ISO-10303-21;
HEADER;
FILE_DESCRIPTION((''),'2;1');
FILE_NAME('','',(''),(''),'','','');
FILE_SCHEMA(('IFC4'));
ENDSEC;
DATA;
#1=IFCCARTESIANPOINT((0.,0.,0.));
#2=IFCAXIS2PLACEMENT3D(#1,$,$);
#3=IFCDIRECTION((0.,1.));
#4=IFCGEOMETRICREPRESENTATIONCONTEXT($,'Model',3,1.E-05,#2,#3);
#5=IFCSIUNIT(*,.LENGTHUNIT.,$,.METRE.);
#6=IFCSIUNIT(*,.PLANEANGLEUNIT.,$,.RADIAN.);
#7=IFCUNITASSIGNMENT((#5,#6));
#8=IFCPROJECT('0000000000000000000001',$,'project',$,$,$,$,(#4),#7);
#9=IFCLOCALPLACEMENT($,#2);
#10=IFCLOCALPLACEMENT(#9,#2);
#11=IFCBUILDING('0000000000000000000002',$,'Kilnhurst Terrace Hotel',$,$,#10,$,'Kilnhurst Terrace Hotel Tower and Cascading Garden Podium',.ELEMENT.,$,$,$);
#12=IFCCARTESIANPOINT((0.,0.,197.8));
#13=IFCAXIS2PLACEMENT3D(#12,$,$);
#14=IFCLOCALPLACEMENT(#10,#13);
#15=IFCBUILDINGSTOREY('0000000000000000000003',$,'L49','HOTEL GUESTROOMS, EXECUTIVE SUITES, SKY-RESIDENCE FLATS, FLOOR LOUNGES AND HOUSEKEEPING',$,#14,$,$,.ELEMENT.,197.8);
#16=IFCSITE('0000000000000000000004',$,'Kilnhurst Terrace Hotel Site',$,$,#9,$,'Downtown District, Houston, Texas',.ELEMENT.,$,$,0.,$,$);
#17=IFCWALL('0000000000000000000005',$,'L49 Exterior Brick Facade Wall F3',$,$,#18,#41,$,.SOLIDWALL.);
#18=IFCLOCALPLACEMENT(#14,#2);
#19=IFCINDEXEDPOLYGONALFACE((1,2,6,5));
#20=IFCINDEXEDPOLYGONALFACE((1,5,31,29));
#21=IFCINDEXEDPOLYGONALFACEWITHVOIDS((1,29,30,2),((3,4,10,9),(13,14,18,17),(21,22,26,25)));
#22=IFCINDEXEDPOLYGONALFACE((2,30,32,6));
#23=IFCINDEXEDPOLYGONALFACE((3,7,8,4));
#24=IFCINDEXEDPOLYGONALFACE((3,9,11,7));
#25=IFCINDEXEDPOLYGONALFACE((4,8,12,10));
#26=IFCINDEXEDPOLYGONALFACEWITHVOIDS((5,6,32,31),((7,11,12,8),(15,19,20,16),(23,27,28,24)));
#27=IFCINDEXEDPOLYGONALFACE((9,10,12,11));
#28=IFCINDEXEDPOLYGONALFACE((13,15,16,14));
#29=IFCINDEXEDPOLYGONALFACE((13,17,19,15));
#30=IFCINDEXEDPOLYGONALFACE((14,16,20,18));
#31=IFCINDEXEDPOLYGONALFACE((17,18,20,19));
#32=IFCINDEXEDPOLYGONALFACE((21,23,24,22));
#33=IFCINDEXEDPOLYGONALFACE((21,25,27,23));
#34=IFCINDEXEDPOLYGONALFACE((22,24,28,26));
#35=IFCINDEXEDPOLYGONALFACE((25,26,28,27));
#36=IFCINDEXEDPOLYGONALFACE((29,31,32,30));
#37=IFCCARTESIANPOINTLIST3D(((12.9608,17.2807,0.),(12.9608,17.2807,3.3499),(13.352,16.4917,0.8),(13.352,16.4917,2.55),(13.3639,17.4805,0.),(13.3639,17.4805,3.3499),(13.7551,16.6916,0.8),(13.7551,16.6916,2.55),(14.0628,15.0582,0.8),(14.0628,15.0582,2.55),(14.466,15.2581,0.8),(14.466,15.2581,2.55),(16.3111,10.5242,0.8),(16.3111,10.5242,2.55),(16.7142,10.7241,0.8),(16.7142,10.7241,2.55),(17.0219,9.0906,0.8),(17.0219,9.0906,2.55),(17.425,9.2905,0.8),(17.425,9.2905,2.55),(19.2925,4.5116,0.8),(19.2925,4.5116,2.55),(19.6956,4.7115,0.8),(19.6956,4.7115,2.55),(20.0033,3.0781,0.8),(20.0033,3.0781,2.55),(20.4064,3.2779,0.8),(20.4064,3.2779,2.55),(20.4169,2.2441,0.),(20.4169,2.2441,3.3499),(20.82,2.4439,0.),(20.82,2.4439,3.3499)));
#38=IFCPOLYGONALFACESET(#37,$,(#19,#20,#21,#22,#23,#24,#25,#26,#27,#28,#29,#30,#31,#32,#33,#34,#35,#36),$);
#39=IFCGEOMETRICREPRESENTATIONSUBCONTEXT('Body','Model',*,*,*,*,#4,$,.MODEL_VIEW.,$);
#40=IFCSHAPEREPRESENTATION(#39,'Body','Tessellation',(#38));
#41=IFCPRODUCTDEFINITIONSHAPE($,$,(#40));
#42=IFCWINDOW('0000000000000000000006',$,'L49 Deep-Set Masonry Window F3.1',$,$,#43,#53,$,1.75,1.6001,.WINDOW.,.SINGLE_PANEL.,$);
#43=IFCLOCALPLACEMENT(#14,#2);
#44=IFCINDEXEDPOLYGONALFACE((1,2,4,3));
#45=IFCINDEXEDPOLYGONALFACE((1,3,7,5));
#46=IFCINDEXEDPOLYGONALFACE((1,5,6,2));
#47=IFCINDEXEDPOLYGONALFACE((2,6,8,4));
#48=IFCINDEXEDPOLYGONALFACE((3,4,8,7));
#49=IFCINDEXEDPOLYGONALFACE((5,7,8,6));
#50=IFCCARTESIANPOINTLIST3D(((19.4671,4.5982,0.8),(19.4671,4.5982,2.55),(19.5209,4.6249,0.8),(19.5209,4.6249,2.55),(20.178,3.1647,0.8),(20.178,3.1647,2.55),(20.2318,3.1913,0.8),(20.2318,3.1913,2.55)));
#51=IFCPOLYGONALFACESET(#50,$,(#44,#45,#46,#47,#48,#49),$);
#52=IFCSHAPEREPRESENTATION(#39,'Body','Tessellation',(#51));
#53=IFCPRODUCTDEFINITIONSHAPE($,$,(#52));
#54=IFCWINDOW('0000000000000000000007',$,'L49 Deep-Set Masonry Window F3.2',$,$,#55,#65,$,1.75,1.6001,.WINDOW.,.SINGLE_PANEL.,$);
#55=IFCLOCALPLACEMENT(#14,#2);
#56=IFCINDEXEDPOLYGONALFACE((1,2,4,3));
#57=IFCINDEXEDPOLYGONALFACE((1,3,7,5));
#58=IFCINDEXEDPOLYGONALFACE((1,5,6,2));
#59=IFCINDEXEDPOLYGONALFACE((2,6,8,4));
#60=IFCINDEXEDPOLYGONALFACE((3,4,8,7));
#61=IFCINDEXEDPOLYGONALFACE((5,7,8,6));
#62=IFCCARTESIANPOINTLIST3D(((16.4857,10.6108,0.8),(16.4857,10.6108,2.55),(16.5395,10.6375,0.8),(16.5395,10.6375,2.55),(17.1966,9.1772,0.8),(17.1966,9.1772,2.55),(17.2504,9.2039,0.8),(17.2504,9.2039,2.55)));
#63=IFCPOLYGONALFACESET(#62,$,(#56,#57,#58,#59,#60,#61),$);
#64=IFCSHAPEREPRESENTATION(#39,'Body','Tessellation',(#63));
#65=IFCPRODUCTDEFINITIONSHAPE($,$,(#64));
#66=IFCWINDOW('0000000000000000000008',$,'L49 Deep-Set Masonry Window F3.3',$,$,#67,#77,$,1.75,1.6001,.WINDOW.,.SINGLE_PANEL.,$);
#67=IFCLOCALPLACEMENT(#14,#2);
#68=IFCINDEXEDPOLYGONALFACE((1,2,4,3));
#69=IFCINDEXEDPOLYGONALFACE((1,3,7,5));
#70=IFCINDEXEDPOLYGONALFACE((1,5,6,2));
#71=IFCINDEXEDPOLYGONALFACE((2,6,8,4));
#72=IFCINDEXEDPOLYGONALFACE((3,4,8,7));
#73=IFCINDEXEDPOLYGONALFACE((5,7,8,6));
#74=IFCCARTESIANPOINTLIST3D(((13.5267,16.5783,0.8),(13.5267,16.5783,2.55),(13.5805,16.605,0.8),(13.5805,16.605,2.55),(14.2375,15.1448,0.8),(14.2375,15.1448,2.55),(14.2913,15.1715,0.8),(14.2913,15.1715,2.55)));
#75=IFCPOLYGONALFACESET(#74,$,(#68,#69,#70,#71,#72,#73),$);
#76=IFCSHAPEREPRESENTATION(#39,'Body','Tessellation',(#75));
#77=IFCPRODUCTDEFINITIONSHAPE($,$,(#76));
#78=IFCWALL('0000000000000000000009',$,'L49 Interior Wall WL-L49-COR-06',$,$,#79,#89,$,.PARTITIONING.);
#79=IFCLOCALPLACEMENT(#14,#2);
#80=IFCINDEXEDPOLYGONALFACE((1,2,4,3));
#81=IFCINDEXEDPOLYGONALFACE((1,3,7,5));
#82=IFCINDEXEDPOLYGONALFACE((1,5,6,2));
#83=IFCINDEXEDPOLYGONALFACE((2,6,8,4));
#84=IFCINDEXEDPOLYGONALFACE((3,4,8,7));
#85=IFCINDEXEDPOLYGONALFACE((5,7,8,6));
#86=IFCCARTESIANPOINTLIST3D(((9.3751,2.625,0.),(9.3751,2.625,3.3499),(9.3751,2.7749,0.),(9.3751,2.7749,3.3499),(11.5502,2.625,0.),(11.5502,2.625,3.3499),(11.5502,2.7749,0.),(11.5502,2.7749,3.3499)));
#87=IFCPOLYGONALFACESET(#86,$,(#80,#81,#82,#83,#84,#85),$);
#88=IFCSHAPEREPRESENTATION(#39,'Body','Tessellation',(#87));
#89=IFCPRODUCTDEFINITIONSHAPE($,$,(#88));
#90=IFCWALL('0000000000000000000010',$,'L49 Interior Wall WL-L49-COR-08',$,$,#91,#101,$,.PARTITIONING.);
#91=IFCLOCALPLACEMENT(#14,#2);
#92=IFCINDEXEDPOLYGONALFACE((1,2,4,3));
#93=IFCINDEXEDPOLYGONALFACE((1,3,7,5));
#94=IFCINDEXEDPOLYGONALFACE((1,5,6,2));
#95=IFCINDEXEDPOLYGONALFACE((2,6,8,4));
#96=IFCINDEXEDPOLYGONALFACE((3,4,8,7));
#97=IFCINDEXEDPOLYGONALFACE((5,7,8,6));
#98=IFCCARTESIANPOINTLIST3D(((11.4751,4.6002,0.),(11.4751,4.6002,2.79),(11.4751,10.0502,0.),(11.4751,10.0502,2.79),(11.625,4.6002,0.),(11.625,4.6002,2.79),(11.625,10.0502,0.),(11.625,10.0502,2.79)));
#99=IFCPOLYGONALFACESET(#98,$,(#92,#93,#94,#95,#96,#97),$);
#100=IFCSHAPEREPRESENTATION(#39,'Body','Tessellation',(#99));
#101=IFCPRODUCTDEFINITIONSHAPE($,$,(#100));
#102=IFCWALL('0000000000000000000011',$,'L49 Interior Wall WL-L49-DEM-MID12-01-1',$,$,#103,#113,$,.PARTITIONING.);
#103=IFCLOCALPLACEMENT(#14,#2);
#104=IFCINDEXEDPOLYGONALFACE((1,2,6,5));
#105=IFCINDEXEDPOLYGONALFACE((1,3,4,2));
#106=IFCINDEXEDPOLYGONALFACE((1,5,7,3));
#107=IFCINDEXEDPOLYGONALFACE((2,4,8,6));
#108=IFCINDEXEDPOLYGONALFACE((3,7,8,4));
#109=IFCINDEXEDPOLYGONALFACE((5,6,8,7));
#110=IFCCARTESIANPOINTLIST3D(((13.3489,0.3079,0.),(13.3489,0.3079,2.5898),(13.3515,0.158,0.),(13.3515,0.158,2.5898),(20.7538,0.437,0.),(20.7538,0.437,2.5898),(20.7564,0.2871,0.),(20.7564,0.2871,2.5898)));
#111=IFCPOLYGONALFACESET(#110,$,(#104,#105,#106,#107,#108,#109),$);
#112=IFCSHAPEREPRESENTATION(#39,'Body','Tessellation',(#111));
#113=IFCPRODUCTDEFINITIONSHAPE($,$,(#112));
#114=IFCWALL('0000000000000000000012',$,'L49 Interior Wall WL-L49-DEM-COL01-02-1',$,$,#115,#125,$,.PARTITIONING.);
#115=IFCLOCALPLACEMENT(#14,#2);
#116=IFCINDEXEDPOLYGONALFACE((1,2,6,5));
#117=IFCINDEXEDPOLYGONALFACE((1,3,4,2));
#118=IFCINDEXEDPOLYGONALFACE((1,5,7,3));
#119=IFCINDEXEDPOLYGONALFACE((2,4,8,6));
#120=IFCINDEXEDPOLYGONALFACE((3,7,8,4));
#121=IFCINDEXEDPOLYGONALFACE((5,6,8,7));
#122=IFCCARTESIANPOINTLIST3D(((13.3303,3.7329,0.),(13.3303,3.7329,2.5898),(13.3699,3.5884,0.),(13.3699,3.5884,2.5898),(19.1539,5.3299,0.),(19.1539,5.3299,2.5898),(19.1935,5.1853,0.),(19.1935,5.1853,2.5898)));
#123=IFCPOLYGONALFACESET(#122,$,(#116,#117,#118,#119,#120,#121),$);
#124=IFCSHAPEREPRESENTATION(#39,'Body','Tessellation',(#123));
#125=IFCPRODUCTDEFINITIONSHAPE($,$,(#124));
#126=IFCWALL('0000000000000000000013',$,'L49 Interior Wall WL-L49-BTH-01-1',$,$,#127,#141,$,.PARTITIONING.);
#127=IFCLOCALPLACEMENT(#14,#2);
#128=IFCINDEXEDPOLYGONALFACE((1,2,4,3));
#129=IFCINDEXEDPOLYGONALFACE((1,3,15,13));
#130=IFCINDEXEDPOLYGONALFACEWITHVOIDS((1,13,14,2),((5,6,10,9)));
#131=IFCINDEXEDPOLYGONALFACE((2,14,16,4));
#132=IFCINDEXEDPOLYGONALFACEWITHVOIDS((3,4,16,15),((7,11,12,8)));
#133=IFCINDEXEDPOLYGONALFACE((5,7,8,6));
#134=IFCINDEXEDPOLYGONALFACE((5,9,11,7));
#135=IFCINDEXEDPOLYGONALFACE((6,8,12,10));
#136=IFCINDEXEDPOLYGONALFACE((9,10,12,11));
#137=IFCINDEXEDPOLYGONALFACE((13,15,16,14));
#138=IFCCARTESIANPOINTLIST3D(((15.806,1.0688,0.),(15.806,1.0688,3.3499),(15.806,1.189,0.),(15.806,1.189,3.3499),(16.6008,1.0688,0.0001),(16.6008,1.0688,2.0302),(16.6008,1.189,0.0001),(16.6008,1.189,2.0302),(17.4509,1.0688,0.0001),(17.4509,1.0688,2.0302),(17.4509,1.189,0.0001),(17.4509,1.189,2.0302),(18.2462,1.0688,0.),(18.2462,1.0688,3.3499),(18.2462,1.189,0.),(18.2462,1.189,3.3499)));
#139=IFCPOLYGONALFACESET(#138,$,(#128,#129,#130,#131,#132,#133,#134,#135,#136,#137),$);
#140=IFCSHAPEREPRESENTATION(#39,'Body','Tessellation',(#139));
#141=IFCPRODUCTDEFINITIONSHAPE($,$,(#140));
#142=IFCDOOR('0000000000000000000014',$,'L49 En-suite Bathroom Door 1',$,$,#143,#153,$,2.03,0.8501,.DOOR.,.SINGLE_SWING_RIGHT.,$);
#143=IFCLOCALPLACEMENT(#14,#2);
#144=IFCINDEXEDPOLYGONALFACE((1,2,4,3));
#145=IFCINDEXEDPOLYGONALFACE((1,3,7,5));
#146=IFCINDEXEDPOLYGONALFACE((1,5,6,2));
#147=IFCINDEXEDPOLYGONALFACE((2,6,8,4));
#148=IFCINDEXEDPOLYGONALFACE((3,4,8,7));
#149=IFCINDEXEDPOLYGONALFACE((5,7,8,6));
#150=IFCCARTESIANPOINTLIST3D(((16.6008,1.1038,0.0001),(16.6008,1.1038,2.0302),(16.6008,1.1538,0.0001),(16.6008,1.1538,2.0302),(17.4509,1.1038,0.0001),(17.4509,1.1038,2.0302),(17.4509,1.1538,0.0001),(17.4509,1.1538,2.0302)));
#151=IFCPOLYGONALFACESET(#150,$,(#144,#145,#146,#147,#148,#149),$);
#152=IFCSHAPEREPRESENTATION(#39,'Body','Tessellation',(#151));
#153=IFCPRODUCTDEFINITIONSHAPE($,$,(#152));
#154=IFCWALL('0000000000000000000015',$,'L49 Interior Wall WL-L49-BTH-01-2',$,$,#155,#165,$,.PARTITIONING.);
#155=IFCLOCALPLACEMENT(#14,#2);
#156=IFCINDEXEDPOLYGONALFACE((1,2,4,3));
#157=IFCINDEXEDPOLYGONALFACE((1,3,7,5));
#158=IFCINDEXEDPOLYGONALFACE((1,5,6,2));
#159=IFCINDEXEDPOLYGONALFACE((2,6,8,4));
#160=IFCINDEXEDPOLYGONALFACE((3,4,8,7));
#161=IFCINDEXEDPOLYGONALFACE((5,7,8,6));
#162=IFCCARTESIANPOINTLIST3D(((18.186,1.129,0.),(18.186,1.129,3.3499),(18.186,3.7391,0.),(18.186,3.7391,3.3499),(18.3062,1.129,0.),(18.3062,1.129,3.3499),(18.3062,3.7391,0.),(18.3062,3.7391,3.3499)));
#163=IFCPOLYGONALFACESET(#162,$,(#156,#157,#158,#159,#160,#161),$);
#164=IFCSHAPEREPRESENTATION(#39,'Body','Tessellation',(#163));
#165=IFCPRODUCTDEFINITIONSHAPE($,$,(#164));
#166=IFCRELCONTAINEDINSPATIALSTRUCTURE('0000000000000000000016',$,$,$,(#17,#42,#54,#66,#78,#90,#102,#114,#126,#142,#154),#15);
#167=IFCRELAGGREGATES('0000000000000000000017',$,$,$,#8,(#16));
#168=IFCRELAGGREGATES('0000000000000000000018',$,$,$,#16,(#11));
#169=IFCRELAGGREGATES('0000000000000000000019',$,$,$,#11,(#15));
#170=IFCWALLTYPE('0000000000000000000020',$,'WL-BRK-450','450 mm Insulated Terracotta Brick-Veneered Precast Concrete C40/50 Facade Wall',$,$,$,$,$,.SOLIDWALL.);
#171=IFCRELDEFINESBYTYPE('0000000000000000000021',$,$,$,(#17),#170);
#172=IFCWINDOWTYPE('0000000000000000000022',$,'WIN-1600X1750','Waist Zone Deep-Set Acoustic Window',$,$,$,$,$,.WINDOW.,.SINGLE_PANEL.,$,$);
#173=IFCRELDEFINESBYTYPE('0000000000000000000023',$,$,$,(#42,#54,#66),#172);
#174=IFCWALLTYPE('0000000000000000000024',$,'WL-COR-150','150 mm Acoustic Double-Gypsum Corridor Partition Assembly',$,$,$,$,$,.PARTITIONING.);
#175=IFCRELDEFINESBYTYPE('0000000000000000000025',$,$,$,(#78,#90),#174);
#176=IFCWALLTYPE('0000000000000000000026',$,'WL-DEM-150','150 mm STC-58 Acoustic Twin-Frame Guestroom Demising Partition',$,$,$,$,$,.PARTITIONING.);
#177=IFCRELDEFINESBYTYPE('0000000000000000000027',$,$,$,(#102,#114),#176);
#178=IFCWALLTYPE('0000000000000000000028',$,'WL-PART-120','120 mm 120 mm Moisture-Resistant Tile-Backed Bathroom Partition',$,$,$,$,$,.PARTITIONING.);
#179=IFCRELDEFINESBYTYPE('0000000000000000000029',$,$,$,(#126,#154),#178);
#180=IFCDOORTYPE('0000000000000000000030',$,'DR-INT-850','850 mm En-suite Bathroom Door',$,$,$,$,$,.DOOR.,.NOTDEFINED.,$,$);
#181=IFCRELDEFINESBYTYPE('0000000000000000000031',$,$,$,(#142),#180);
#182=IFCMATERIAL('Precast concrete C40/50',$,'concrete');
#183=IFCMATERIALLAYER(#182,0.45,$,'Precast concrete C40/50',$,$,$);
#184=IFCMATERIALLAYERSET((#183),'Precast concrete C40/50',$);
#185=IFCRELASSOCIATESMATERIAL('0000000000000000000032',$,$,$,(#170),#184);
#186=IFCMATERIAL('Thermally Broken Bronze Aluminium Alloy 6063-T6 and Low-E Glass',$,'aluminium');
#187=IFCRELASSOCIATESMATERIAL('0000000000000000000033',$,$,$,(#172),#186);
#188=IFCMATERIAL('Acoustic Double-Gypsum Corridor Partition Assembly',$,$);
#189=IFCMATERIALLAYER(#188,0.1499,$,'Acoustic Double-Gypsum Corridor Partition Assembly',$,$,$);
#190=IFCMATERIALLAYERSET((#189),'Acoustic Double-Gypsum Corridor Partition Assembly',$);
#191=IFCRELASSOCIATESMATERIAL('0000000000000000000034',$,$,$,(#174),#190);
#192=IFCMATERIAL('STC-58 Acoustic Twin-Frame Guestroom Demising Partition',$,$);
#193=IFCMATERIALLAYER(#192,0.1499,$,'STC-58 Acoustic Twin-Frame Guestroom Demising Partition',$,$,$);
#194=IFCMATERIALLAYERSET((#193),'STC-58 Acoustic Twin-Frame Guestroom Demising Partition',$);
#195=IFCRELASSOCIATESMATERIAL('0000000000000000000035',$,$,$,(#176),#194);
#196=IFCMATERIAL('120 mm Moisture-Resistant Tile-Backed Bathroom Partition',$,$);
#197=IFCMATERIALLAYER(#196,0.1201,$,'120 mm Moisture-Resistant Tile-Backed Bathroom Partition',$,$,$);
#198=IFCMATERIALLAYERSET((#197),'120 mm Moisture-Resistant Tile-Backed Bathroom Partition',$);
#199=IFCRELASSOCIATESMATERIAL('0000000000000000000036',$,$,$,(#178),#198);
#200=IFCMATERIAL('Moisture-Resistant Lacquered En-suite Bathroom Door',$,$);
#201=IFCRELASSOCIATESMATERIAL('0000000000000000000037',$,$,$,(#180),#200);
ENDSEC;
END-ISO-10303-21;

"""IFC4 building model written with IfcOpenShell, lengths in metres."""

from ifc_helpers import new_model, si_unit, direction, frame, frame_2d, origin, place, context, subcontext, project, spatial, rectangle, extrude, material, layer, layer_set, type_object, element, fill, save


model = new_model("IFC4")

# Units and contexts
model_context = context("Model", 3, precision=1e-05, world=origin(), true_north=direction((0.0, 1.0)))
body_context = subcontext(model_context, "Body", "Model", "MODEL_VIEW")
ifc_project = project(units=[si_unit("LENGTHUNIT", "METRE"), si_unit("PLANEANGLEUNIT", "RADIAN")], contexts=[model_context])

# Site, building, storey
site_placement = place(None, origin())
site = spatial("IfcSite", under=ifc_project, at=site_placement, Name="Kilnhurst Terrace Hotel Site", LongName="Downtown District, Houston, Texas", CompositionType="ELEMENT", RefElevation=0.0)
building_placement = place(site_placement, origin())
building = spatial("IfcBuilding", under=site, at=building_placement, Name="Kilnhurst Terrace Hotel", LongName="Kilnhurst Terrace Hotel Tower and Cascading Garden Podium", CompositionType="ELEMENT")
storey_placement = place(building_placement, frame((0.0, 0.0, 197.8)))
storey = spatial("IfcBuildingStorey", under=building, at=storey_placement, Name="L49", Description="HOTEL GUESTROOMS, EXECUTIVE SUITES, SKY-RESIDENCE FLATS, FLOOR LOUNGES AND HOUSEKEEPING", CompositionType="ELEMENT", Elevation=197.8)

# Shared definitions
ifc_material_1 = material(Name="Precast concrete C40/50", Category="concrete")
ifc_layer_1 = layer(ifc_material_1, 0.45, Name="Precast concrete C40/50")
ifc_layer_set_1 = layer_set([ifc_layer_1], Name="Precast concrete C40/50")
wall_type_1 = type_object("IfcWallType", Name="WL-BRK-450", Description="450 mm Insulated Terracotta Brick-Veneered Precast Concrete C40/50 Facade Wall", PredefinedType="SOLIDWALL", material=ifc_layer_set_1)

# Wall, openings, windows
wall_1_placement = place(storey_placement, frame((20.6184, 2.344, 0.0), z_axis=(0.0, 0.0, 1.0), x_axis=(-0.444244, 0.895906, 0.0)))
wall_1 = element("IfcWall", 1, at=wall_1_placement, inside=storey, type_object=wall_type_1, Name="L49 Exterior Brick Facade Wall F3", PredefinedType="SOLIDWALL", context=body_context, shape_type="SweptSolid", body=[
    extrude(rectangle(XDim=16.7837, YDim=0.45, at=frame_2d((8.3918, 0.0))), origin(), (0.0, 0.0, 1.0), 3.3499),
])
opening_1_placement = place(wall_1_placement, frame((0.9309, 0.0, 0.8)))
opening_1 = element("IfcOpeningElement", 2, at=opening_1_placement, cuts=wall_1, PredefinedType="OPENING", context=body_context, shape_type="SweptSolid", body=[
    extrude(rectangle(XDim=1.6001, YDim=1.75, at=frame_2d((0.8, 0.875))), frame((0.0, 0.2349, 0.0), z_axis=(0.0, -1.0, 0.0), x_axis=(1.0, 0.0, 0.0)), (0.0, 0.0, 1.0), 0.47),
])
opening_2_placement = place(wall_1_placement, frame((7.6421, 0.0, 0.8)))
opening_2 = element("IfcOpeningElement", 3, at=opening_2_placement, cuts=wall_1, PredefinedType="OPENING", context=body_context, shape_type="SweptSolid", body=[
    extrude(rectangle(XDim=1.6001, YDim=1.75, at=frame_2d((0.8, 0.875))), frame((0.0, 0.2349, 0.0), z_axis=(0.0, -1.0, 0.0), x_axis=(1.0, 0.0, 0.0)), (0.0, 0.0, 1.0), 0.47),
])
opening_3_placement = place(wall_1_placement, frame((14.303, 0.0, 0.8)))
opening_3 = element("IfcOpeningElement", 4, at=opening_3_placement, cuts=wall_1, PredefinedType="OPENING", context=body_context, shape_type="SweptSolid", body=[
    extrude(rectangle(XDim=1.6001, YDim=1.75, at=frame_2d((0.8, 0.875))), frame((0.0, 0.2349, 0.0), z_axis=(0.0, -1.0, 0.0), x_axis=(1.0, 0.0, 0.0)), (0.0, 0.0, 1.0), 0.47),
])
ifc_material_2 = material(Name="Thermally Broken Bronze Aluminium Alloy 6063-T6 and Low-E Glass", Category="aluminium")
window_type = type_object("IfcWindowType", Name="WIN-1600X1750", Description="Waist Zone Deep-Set Acoustic Window", PartitioningType="SINGLE_PANEL", PredefinedType="WINDOW", material=ifc_material_2)
window_1_placement = place(opening_1_placement, origin())
window_1 = element("IfcWindow", 5, at=window_1_placement, inside=storey, type_object=window_type, Name="L49 Deep-Set Masonry Window F3.1", OverallHeight=1.75, OverallWidth=1.6001, PartitioningType="SINGLE_PANEL", PredefinedType="WINDOW", context=body_context, shape_type="SweptSolid", body=[
    extrude(rectangle(XDim=1.6001, YDim=1.75, at=frame_2d((0.8, 0.875))), frame((0.0, 0.03, 0.0), z_axis=(0.0, -1.0, 0.0), x_axis=(1.0, 0.0, 0.0)), (0.0, 0.0, 1.0), 0.0601),
])
fill(opening_1, window_1)
window_2_placement = place(opening_2_placement, origin())
window_2 = element("IfcWindow", 6, at=window_2_placement, inside=storey, type_object=window_type, Name="L49 Deep-Set Masonry Window F3.2", OverallHeight=1.75, OverallWidth=1.6001, PartitioningType="SINGLE_PANEL", PredefinedType="WINDOW", context=body_context, shape_type="SweptSolid", body=[
    extrude(rectangle(XDim=1.6001, YDim=1.75, at=frame_2d((0.8, 0.875))), frame((0.0, 0.03, 0.0), z_axis=(0.0, -1.0, 0.0), x_axis=(1.0, 0.0, 0.0)), (0.0, 0.0, 1.0), 0.0601),
])
fill(opening_2, window_2)
window_3_placement = place(opening_3_placement, origin())
window_3 = element("IfcWindow", 7, at=window_3_placement, inside=storey, type_object=window_type, Name="L49 Deep-Set Masonry Window F3.3", OverallHeight=1.75, OverallWidth=1.6001, PartitioningType="SINGLE_PANEL", PredefinedType="WINDOW", context=body_context, shape_type="SweptSolid", body=[
    extrude(rectangle(XDim=1.6001, YDim=1.75, at=frame_2d((0.8, 0.875))), frame((0.0, 0.03, 0.0), z_axis=(0.0, -1.0, 0.0), x_axis=(1.0, 0.0, 0.0)), (0.0, 0.0, 1.0), 0.0601),
])
fill(opening_3, window_3)

# Walls
ifc_material_3 = material(Name="Acoustic Double-Gypsum Corridor Partition Assembly")
ifc_layer_2 = layer(ifc_material_3, 0.1499, Name="Acoustic Double-Gypsum Corridor Partition Assembly")
ifc_layer_set_2 = layer_set([ifc_layer_2], Name="Acoustic Double-Gypsum Corridor Partition Assembly")
wall_type_2 = type_object("IfcWallType", Name="WL-COR-150", Description="150 mm Acoustic Double-Gypsum Corridor Partition Assembly", PredefinedType="PARTITIONING", material=ifc_layer_set_2)
wall_2_placement = place(storey_placement, frame((11.55, 2.7, 0.0), z_axis=(0.0, 0.0, 1.0), x_axis=(-1.0, 0.0, 0.0)))
element("IfcWall", 8, at=wall_2_placement, inside=storey, type_object=wall_type_2, Name="L49 Interior Wall WL-L49-COR-06", PredefinedType="PARTITIONING", context=body_context, shape_type="SweptSolid", body=[
    extrude(rectangle(XDim=2.175, YDim=0.1499, at=frame_2d((1.0874, 0.0))), origin(), (0.0, 0.0, 1.0), 3.3499),
])
wall_3_placement = place(storey_placement, frame((11.55, 4.6001, 0.0), z_axis=(0.0, 0.0, 1.0), x_axis=(0.0, 1.0, 0.0)))
element("IfcWall", 9, at=wall_3_placement, inside=storey, type_object=wall_type_2, Name="L49 Interior Wall WL-L49-COR-08", PredefinedType="PARTITIONING", context=body_context, shape_type="SweptSolid", body=[
    extrude(rectangle(XDim=5.45, YDim=0.1499, at=frame_2d((2.7251, 0.0))), origin(), (0.0, 0.0, 1.0), 2.79),
])
ifc_material_4 = material(Name="STC-58 Acoustic Twin-Frame Guestroom Demising Partition")
ifc_layer_3 = layer(ifc_material_4, 0.1499, Name="STC-58 Acoustic Twin-Frame Guestroom Demising Partition")
ifc_layer_set_3 = layer_set([ifc_layer_3], Name="STC-58 Acoustic Twin-Frame Guestroom Demising Partition")
wall_type_3 = type_object("IfcWallType", Name="WL-DEM-150", Description="150 mm STC-58 Acoustic Twin-Frame Guestroom Demising Partition", PredefinedType="PARTITIONING", material=ifc_layer_set_3)
wall_4_placement = place(storey_placement, frame((13.3501, 0.2329, 0.0), z_axis=(0.0, 0.0, 1.0), x_axis=(0.999848, 0.017439, 0.0)))
element("IfcWall", 10, at=wall_4_placement, inside=storey, type_object=wall_type_3, Name="L49 Interior Wall WL-L49-DEM-MID12-01-1", PredefinedType="PARTITIONING", context=body_context, shape_type="SweptSolid", body=[
    extrude(rectangle(XDim=7.406, YDim=0.1499, at=frame_2d((3.7031, 0.0))), origin(), (0.0, 0.0, 1.0), 2.5898),
])
wall_5_placement = place(storey_placement, frame((13.3501, 3.6606, 0.0), z_axis=(0.0, 0.0, 1.0), x_axis=(0.964397, 0.264458, 0.0)))
element("IfcWall", 11, at=wall_5_placement, inside=storey, type_object=wall_type_3, Name="L49 Interior Wall WL-L49-DEM-COL01-02-1", PredefinedType="PARTITIONING", context=body_context, shape_type="SweptSolid", body=[
    extrude(rectangle(XDim=6.0386, YDim=0.1499, at=frame_2d((3.0193, 0.0))), origin(), (0.0, 0.0, 1.0), 2.5898),
])

# Wall, opening, door
ifc_material_5 = material(Name="120 mm Moisture-Resistant Tile-Backed Bathroom Partition")
ifc_layer_4 = layer(ifc_material_5, 0.1201, Name="120 mm Moisture-Resistant Tile-Backed Bathroom Partition")
ifc_layer_set_4 = layer_set([ifc_layer_4], Name="120 mm Moisture-Resistant Tile-Backed Bathroom Partition")
wall_type_4 = type_object("IfcWallType", Name="WL-PART-120", Description="120 mm 120 mm Moisture-Resistant Tile-Backed Bathroom Partition", PredefinedType="PARTITIONING", material=ifc_layer_set_4)
wall_6_placement = place(storey_placement, frame((15.8059, 1.1289, 0.0), z_axis=(0.0, 0.0, 1.0), x_axis=(1.0, 0.0, 0.0)))
wall_6 = element("IfcWall", 12, at=wall_6_placement, inside=storey, type_object=wall_type_4, Name="L49 Interior Wall WL-L49-BTH-01-1", PredefinedType="PARTITIONING", context=body_context, shape_type="SweptSolid", body=[
    extrude(rectangle(XDim=2.4402, YDim=0.1201, at=frame_2d((1.2202, 0.0))), origin(), (0.0, 0.0, 1.0), 3.3499),
])
opening_4_placement = place(wall_6_placement, frame((0.7949, 0.0, 0.0)))
opening_4 = element("IfcOpeningElement", 13, at=opening_4_placement, cuts=wall_6, PredefinedType="OPENING", context=body_context, shape_type="SweptSolid", body=[
    extrude(rectangle(XDim=0.8501, YDim=2.03, at=frame_2d((0.425, 1.0151))), frame((0.0, 0.0701, 0.0), z_axis=(0.0, -1.0, 0.0), x_axis=(1.0, 0.0, 0.0)), (0.0, 0.0, 1.0), 0.1401),
])
ifc_material_6 = material(Name="Moisture-Resistant Lacquered En-suite Bathroom Door")
door_type = type_object("IfcDoorType", Name="DR-INT-850", Description="850 mm En-suite Bathroom Door", OperationType="NOTDEFINED", PredefinedType="DOOR", material=ifc_material_6)
door_placement = place(opening_4_placement, origin())
door = element("IfcDoor", 14, at=door_placement, inside=storey, type_object=door_type, Name="L49 En-suite Bathroom Door 1", OperationType="SINGLE_SWING_RIGHT", OverallHeight=2.03, OverallWidth=0.8501, PredefinedType="DOOR", context=body_context, shape_type="SweptSolid", body=[
    extrude(rectangle(XDim=0.8501, YDim=2.03, at=frame_2d((0.425, 1.0151))), frame((0.0, 0.0249, 0.0), z_axis=(0.0, -1.0, 0.0), x_axis=(1.0, 0.0, 0.0)), (0.0, 0.0, 1.0), 0.05),
])
fill(opening_4, door)

# Wall
wall_7_placement = place(storey_placement, frame((18.2461, 1.1289, 0.0), z_axis=(0.0, 0.0, 1.0), x_axis=(0.0, 1.0, 0.0)))
element("IfcWall", 15, at=wall_7_placement, inside=storey, type_object=wall_type_4, Name="L49 Interior Wall WL-L49-BTH-01-2", PredefinedType="PARTITIONING", context=body_context, shape_type="SweptSolid", body=[
    extrude(rectangle(XDim=2.6101, YDim=0.1201, at=frame_2d((1.3052, 0.0))), origin(), (0.0, 0.0, 1.0), 3.3499),
])

save(model, "model.ifc")
